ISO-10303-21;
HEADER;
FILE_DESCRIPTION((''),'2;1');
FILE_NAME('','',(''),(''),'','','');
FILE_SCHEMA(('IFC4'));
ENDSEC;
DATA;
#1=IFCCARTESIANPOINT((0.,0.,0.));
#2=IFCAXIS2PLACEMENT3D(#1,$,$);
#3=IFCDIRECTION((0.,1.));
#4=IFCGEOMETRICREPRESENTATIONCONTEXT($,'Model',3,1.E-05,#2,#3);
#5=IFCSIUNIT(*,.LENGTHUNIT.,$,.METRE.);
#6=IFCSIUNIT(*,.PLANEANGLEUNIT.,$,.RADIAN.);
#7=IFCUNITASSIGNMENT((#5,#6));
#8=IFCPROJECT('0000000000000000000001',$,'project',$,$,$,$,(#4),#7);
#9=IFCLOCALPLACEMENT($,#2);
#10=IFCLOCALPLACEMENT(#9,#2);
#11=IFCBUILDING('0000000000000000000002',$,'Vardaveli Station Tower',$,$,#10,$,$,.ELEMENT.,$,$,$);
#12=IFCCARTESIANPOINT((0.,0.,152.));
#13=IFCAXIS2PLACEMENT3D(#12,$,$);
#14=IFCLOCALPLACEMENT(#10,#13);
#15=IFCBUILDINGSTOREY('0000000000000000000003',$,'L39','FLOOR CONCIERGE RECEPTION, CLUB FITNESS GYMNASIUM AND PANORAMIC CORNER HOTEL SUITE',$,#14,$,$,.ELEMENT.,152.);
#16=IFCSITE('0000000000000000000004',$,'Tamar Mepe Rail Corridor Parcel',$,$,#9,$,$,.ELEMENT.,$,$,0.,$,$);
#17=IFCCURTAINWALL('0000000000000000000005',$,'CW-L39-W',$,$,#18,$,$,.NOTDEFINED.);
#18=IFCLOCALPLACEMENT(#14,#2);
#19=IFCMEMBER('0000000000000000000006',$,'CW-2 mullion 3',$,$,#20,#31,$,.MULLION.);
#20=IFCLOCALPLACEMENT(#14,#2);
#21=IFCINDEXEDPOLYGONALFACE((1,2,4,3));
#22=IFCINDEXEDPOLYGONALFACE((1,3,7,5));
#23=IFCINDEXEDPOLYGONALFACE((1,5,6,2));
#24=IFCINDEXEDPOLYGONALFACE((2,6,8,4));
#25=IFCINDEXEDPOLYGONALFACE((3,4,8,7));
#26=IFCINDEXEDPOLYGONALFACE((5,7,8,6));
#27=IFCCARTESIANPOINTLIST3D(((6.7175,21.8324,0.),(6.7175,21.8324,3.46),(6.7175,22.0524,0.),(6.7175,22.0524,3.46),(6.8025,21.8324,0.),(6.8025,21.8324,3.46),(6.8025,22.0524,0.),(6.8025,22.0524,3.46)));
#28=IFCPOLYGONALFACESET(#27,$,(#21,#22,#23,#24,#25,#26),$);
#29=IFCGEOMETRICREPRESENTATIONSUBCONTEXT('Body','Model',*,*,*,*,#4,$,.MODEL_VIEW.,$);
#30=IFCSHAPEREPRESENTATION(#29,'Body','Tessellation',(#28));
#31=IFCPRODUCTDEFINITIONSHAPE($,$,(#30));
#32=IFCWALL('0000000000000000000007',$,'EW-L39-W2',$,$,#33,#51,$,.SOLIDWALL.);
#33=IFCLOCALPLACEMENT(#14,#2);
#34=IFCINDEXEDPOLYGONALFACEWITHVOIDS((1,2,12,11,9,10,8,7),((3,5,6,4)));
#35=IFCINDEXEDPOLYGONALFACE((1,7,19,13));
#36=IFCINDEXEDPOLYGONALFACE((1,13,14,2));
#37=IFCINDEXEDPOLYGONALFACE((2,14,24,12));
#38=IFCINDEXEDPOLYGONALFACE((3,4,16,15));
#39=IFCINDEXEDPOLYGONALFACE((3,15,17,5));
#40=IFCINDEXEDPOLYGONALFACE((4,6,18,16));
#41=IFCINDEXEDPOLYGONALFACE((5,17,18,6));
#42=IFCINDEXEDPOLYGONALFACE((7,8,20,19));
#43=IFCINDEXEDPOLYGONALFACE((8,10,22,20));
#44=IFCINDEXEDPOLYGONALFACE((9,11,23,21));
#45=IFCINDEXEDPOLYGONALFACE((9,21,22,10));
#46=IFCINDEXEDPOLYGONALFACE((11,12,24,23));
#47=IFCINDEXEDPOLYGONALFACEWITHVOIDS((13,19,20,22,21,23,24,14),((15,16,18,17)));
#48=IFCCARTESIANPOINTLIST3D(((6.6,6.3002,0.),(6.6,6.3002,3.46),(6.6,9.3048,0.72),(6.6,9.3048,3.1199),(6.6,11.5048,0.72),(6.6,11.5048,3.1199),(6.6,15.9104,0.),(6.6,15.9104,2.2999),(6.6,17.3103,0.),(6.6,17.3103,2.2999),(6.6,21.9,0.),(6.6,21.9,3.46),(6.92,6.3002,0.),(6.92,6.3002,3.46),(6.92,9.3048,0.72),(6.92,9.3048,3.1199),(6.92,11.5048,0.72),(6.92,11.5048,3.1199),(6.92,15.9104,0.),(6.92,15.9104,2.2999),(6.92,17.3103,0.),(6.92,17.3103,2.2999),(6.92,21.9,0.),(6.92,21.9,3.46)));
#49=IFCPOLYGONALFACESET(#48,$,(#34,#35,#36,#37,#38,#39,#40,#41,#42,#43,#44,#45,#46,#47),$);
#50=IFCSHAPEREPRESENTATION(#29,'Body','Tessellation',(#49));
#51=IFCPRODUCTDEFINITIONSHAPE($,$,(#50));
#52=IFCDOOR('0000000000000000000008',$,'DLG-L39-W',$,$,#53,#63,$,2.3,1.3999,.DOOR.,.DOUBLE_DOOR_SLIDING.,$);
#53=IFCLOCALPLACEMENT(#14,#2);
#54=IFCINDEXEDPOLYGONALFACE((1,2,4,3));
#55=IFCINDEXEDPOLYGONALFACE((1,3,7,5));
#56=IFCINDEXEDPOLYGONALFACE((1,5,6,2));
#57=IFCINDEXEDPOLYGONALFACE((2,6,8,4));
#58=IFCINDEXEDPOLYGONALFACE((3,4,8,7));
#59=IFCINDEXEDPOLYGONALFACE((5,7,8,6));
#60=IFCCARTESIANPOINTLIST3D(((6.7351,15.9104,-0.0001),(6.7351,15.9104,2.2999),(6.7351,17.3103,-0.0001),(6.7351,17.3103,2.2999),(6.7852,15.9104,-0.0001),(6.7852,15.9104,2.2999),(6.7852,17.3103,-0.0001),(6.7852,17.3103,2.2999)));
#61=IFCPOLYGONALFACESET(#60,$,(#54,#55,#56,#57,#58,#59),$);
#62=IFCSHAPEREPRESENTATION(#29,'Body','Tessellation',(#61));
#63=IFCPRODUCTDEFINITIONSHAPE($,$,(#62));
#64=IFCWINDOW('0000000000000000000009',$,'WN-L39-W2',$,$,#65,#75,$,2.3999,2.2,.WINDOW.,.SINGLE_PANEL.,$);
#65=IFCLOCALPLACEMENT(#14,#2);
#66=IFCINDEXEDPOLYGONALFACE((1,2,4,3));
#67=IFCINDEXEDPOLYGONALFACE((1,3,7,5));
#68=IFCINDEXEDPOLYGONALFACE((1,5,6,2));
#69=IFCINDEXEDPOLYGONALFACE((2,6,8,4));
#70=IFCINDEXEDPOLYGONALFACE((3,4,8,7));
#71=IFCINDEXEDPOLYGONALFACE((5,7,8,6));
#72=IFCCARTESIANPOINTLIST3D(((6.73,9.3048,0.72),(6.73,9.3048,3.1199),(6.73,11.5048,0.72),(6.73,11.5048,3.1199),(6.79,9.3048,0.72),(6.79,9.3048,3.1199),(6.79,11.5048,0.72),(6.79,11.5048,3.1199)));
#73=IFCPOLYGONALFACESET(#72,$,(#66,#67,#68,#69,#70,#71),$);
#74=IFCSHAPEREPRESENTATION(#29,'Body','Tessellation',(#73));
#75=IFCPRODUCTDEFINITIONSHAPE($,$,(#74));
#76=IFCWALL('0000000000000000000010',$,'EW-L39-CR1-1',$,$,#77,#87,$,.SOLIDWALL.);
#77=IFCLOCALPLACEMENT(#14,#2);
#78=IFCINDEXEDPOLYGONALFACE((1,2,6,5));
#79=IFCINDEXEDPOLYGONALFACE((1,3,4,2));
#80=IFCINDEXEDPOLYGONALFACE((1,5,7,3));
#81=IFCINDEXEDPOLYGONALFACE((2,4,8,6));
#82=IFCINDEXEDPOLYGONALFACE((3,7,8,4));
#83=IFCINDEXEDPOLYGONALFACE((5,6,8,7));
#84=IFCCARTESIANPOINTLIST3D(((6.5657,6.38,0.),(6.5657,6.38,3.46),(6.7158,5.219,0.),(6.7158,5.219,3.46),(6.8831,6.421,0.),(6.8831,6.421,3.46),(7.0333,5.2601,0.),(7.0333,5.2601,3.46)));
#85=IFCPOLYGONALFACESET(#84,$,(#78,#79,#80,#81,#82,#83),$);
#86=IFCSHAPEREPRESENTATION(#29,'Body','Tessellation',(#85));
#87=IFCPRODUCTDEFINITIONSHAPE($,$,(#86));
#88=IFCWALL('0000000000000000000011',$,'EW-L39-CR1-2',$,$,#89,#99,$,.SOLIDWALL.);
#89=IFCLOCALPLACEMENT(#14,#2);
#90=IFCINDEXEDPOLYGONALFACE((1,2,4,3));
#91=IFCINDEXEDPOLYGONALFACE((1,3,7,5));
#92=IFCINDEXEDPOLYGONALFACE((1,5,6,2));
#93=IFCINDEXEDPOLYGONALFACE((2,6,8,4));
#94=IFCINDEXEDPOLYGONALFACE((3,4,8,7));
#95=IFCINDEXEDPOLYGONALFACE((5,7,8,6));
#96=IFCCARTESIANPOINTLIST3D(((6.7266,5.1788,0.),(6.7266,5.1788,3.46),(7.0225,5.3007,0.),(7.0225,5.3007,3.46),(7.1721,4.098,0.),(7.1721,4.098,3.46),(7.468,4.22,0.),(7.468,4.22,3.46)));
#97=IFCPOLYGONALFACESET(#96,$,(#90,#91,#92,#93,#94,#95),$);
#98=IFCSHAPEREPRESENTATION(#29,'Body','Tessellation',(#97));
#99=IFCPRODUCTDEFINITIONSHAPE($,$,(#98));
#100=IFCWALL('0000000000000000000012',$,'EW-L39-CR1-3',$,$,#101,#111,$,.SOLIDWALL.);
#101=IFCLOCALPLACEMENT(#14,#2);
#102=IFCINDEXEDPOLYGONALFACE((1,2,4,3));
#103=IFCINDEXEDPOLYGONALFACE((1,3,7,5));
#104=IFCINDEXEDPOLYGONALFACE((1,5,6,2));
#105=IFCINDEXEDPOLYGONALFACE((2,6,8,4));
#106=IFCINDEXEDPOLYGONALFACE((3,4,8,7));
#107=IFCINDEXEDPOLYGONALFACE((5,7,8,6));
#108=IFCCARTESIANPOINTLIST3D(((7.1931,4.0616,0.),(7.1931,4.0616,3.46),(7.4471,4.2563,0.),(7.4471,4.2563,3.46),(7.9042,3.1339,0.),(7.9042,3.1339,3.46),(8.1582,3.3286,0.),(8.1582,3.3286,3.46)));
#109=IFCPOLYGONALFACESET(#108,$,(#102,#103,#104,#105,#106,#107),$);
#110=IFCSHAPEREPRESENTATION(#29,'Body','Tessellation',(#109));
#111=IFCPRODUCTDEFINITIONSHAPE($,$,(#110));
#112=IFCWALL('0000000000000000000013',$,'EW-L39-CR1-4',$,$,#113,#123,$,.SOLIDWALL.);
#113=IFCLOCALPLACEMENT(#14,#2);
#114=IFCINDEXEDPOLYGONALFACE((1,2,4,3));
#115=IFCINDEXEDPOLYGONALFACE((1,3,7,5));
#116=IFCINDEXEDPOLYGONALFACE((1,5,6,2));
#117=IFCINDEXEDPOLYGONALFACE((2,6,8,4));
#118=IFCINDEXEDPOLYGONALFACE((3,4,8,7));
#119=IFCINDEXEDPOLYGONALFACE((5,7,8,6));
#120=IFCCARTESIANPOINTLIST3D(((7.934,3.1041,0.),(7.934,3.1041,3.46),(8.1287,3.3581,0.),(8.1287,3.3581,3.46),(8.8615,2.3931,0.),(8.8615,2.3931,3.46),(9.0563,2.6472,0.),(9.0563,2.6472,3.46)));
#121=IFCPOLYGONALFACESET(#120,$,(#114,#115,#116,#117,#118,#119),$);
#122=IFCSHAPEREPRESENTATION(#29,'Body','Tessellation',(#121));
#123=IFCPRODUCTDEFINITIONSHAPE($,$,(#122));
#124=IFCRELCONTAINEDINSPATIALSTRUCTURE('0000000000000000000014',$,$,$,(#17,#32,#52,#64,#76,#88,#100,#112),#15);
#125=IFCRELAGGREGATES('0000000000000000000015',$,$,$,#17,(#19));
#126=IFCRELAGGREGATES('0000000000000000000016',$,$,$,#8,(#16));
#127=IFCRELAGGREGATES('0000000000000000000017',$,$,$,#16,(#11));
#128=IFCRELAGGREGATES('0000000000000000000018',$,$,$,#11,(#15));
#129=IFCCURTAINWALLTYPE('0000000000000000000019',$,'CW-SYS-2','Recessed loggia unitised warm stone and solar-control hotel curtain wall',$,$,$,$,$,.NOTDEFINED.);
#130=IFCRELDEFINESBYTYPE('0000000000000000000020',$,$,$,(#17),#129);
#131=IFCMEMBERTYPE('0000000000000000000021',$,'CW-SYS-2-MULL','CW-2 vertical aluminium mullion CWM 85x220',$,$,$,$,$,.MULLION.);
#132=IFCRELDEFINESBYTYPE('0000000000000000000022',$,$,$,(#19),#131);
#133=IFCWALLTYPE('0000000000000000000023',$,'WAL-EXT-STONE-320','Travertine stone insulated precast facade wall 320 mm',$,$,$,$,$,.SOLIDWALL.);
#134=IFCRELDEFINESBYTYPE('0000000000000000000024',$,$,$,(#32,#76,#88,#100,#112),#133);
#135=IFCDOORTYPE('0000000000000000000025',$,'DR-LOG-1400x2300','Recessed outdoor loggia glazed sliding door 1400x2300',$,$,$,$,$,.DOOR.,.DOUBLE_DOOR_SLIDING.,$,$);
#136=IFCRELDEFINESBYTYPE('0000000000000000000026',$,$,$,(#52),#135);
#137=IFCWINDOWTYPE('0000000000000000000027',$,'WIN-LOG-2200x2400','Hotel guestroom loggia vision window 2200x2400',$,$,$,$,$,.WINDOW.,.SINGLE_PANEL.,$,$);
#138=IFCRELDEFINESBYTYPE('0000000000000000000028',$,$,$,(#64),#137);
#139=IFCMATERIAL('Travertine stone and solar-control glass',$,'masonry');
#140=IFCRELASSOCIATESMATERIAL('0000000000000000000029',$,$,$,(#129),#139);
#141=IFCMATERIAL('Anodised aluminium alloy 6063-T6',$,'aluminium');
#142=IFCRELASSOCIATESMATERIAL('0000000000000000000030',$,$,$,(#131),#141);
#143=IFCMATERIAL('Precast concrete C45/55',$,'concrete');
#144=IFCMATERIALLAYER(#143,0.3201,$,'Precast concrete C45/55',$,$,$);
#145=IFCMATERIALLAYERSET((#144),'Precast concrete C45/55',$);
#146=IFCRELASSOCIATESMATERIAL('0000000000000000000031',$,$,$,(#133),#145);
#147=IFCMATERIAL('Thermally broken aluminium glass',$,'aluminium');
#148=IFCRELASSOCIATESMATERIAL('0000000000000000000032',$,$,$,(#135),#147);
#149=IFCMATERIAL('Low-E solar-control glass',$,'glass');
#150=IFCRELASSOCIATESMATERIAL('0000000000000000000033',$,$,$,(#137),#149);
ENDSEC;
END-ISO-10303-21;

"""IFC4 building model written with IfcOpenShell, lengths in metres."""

from ifc_helpers import new_model, si_unit, direction, frame, frame_2d, origin, origin_2d, place, context, subcontext, project, spatial, rectangle, extrude, source, transform, mapped, material, layer, layer_set, material_profile, profile_set, type_object, element, fill, aggregate, save


model = new_model("IFC4")

# Units and contexts
model_context = context("Model", 3, precision=1e-05, world=origin(), true_north=direction((0.0, 1.0)))
body_context = subcontext(model_context, "Body", "Model", "MODEL_VIEW")
ifc_project = project(units=[si_unit("LENGTHUNIT", "METRE"), si_unit("PLANEANGLEUNIT", "RADIAN")], contexts=[model_context])

# Site, building, storey
site_placement = place(None, origin())
site = spatial("IfcSite", under=ifc_project, at=site_placement, Name="Tamar Mepe Rail Corridor Parcel", CompositionType="ELEMENT", RefElevation=0.0)
building_placement = place(site_placement, origin())
building = spatial("IfcBuilding", under=site, at=building_placement, Name="Vardaveli Station Tower", CompositionType="ELEMENT")
storey_placement = place(building_placement, frame((0.0, 0.0, 152.0)))
storey = spatial("IfcBuildingStorey", under=building, at=storey_placement, Name="L39", Description="FLOOR CONCIERGE RECEPTION, CLUB FITNESS GYMNASIUM AND PANORAMIC CORNER HOTEL SUITE", CompositionType="ELEMENT", Elevation=152.0)

# Shared definitions
ifc_material_1 = material(Name="Precast concrete C45/55", Category="concrete")

# Curtain wall, member
ifc_material_2 = material(Name="Travertine stone and solar-control glass", Category="masonry")
curtain_wall_type = type_object("IfcCurtainWallType", Name="CW-SYS-2", Description="Recessed loggia unitised warm stone and solar-control hotel curtain wall", PredefinedType="NOTDEFINED", material=ifc_material_2)
curtain_wall_placement = place(storey_placement, origin())
curtain_wall = element("IfcCurtainWall", 1, at=curtain_wall_placement, inside=storey, type_object=curtain_wall_type, Name="CW-L39-W", PredefinedType="NOTDEFINED")
ifc_material_3 = material(Name="Anodised aluminium alloy 6063-T6", Category="aluminium")
ifc_material_profile_1 = material_profile(ifc_material_3, rectangle(XDim=0.085, YDim=0.22, at=origin_2d()), Name="CWM 85x220")
ifc_profile_set_1 = profile_set([ifc_material_profile_1], Name="Anodised aluminium alloy 6063-T6")
member_type = type_object("IfcMemberType", Name="CW-SYS-2-MULL", Description="CW-2 vertical aluminium mullion CWM 85x220", PredefinedType="MULLION", material=ifc_profile_set_1)
shared_shape_1 = source(origin(), body_context, "Body", "SweptSolid", [
    extrude(rectangle(XDim=0.085, YDim=0.22, at=origin_2d()), origin(), (0.0, 0.0, 1.0), 3.46),
])
member_placement = place(storey_placement, frame((6.76, 21.9424, 0.0), z_axis=(0.0, 0.0, 1.0), x_axis=(1.0, 0.0, 0.0)))
member = element("IfcMember", 2, at=member_placement, type_object=member_type, Name="CW-2 mullion 3", PredefinedType="MULLION", context=body_context, shape_type="MappedRepresentation", body=[
    mapped(shared_shape_1, transform((0.0, 0.0, 0.0), scale=1.0)),
])
aggregate(curtain_wall, [member])

# Wall, openings, door, window
ifc_layer_1 = layer(ifc_material_1, 0.3201, Name="Precast concrete C45/55")
ifc_layer_set_1 = layer_set([ifc_layer_1], Name="Precast concrete C45/55")
wall_type_1 = type_object("IfcWallType", Name="WAL-EXT-STONE-320", Description="Travertine stone insulated precast facade wall 320 mm", PredefinedType="SOLIDWALL", material=ifc_layer_set_1)
shared_shape_2 = source(origin(), body_context, "Body", "SweptSolid", [
    extrude(rectangle(XDim=15.5999, YDim=0.3201, at=frame_2d((7.7998, 0.0))), origin(), (0.0, 0.0, 1.0), 3.46),
])
wall_1_placement = place(storey_placement, frame((6.76, 21.8999, 0.0), z_axis=(0.0, 0.0, 1.0), x_axis=(0.0, -1.0, 0.0)))
wall_1 = element("IfcWall", 3, at=wall_1_placement, inside=storey, type_object=wall_type_1, Name="EW-L39-W2", PredefinedType="SOLIDWALL", context=body_context, shape_type="MappedRepresentation", body=[
    mapped(shared_shape_2, transform((0.0, 0.0, 0.0), scale=1.0)),
])
shared_shape_3 = source(origin(), body_context, "Body", "SweptSolid", [
    extrude(rectangle(XDim=1.3999, YDim=2.3, at=frame_2d((0.7, 1.1499))), frame((0.0, 0.1699, 0.0), z_axis=(0.0, -1.0, 0.0), x_axis=(1.0, 0.0, 0.0)), (0.0, 0.0, 1.0), 0.3401),
])
opening_1_placement = place(wall_1_placement, frame((4.5896, 0.0, 0.0)))
opening_1 = element("IfcOpeningElement", 4, at=opening_1_placement, cuts=wall_1, PredefinedType="OPENING", context=body_context, shape_type="MappedRepresentation", body=[
    mapped(shared_shape_3, transform((0.0, 0.0, 0.0), scale=1.0)),
])
shared_shape_4 = source(origin(), body_context, "Body", "SweptSolid", [
    extrude(rectangle(XDim=2.2, YDim=2.3999, at=frame_2d((1.1001, 1.2))), frame((0.0, 0.1699, 0.0), z_axis=(0.0, -1.0, 0.0), x_axis=(1.0, 0.0, 0.0)), (0.0, 0.0, 1.0), 0.3401),
])
opening_2_placement = place(wall_1_placement, frame((10.395, 0.0, 0.72)))
opening_2 = element("IfcOpeningElement", 5, at=opening_2_placement, cuts=wall_1, PredefinedType="OPENING", context=body_context, shape_type="MappedRepresentation", body=[
    mapped(shared_shape_4, transform((0.0, 0.0, 0.0), scale=1.0)),
])
ifc_material_4 = material(Name="Thermally broken aluminium glass", Category="aluminium")
door_type_1 = type_object("IfcDoorType", Name="DR-LOG-1400x2300", Description="Recessed outdoor loggia glazed sliding door 1400x2300", OperationType="DOUBLE_DOOR_SLIDING", PredefinedType="DOOR", material=ifc_material_4)
shared_shape_5 = source(origin(), body_context, "Body", "SweptSolid", [
    extrude(rectangle(XDim=1.3999, YDim=2.3, at=frame_2d((0.7, 1.1499))), frame((0.0, 0.0249, 0.0), z_axis=(0.0, -1.0, 0.0), x_axis=(1.0, 0.0, 0.0)), (0.0, 0.0, 1.0), 0.05),
])
door_1_placement = place(opening_1_placement, frame((1.3999, 0.0, 0.0), z_axis=(0.0, 0.0, 1.0), x_axis=(-1.0, 0.0, 0.0)))
door_1 = element("IfcDoor", 6, at=door_1_placement, inside=storey, type_object=door_type_1, Name="DLG-L39-W", OperationType="DOUBLE_DOOR_SLIDING", OverallHeight=2.3, OverallWidth=1.3999, PredefinedType="DOOR", context=body_context, shape_type="MappedRepresentation", body=[
    mapped(shared_shape_5, transform((0.0, 0.0, 0.0), scale=1.0)),
])
fill(opening_1, door_1)
ifc_material_5 = material(Name="Low-E solar-control glass", Category="glass")
window_type = type_object("IfcWindowType", Name="WIN-LOG-2200x2400", Description="Hotel guestroom loggia vision window 2200x2400", PartitioningType="SINGLE_PANEL", PredefinedType="WINDOW", material=ifc_material_5)
shared_shape_6 = source(origin(), body_context, "Body", "SweptSolid", [
    extrude(rectangle(XDim=2.2, YDim=2.3999, at=frame_2d((1.1001, 1.2))), frame((0.0, 0.03, 0.0), z_axis=(0.0, -1.0, 0.0), x_axis=(1.0, 0.0, 0.0)), (0.0, 0.0, 1.0), 0.0601),
])
window_placement = place(opening_2_placement, origin())
window = element("IfcWindow", 7, at=window_placement, inside=storey, type_object=window_type, Name="WN-L39-W2", OverallHeight=2.3999, OverallWidth=2.2, PartitioningType="SINGLE_PANEL", PredefinedType="WINDOW", context=body_context, shape_type="MappedRepresentation", body=[
    mapped(shared_shape_6, transform((0.0, 0.0, 0.0), scale=1.0)),
])
fill(opening_2, window)

# Walls
shared_shape_7 = source(origin(), body_context, "Body", "SweptSolid", [
    extrude(rectangle(XDim=1.1707, YDim=0.3201, at=frame_2d((0.5854, 0.0))), origin(), (0.0, 0.0, 1.0), 3.46),
])
wall_2_placement = place(storey_placement, frame((6.7244, 6.4006, 0.0), z_axis=(0.0, 0.0, 1.0), x_axis=(0.128269, -0.991739, 0.0)))
element("IfcWall", 8, at=wall_2_placement, inside=storey, type_object=wall_type_1, Name="EW-L39-CR1-1", PredefinedType="SOLIDWALL", context=body_context, shape_type="MappedRepresentation", body=[
    mapped(shared_shape_7, transform((0.0, 0.0, 0.0), scale=1.0)),
])
shared_shape_8 = source(origin(), body_context, "Body", "SweptSolid", [
    extrude(rectangle(XDim=1.1689, YDim=0.3201, at=frame_2d((0.5845, 0.0))), origin(), (0.0, 0.0, 1.0), 3.46),
])
for number, where, z_axis, x_axis, name in (
    (9, (6.8745, 5.2397, 0.0), (0.0, 0.0, 1.0), (0.381128, -0.924522, 0.0), "EW-L39-CR1-2"),
    (10, (7.3201, 4.1589, 0.0), (0.0, 0.0, 1.0), (0.608388, -0.79364, 0.0), "EW-L39-CR1-3"),
):
    element("IfcWall", number, at=place(storey_placement, frame(where, z_axis=z_axis, x_axis=x_axis)), inside=storey, type_object=wall_type_1, Name=name, PredefinedType="SOLIDWALL", context=body_context, shape_type="MappedRepresentation", body=[
        mapped(shared_shape_8, transform((0.0, 0.0, 0.0), scale=1.0)),
    ])
shared_shape_9 = source(origin(), body_context, "Body", "SweptSolid", [
    extrude(rectangle(XDim=1.1687, YDim=0.3201, at=frame_2d((0.5845, 0.0))), origin(), (0.0, 0.0, 1.0), 3.46),
])
wall_3_placement = place(storey_placement, frame((8.0312, 3.2312, 0.0), z_axis=(0.0, 0.0, 1.0), x_axis=(0.793664, -0.608357, 0.0)))
element("IfcWall", 11, at=wall_3_placement, inside=storey, type_object=wall_type_1, Name="EW-L39-CR1-4", PredefinedType="SOLIDWALL", context=body_context, shape_type="MappedRepresentation", body=[
    mapped(shared_shape_9, transform((0.0, 0.0, 0.0), scale=1.0)),
])

save(model, "model.ifc")
